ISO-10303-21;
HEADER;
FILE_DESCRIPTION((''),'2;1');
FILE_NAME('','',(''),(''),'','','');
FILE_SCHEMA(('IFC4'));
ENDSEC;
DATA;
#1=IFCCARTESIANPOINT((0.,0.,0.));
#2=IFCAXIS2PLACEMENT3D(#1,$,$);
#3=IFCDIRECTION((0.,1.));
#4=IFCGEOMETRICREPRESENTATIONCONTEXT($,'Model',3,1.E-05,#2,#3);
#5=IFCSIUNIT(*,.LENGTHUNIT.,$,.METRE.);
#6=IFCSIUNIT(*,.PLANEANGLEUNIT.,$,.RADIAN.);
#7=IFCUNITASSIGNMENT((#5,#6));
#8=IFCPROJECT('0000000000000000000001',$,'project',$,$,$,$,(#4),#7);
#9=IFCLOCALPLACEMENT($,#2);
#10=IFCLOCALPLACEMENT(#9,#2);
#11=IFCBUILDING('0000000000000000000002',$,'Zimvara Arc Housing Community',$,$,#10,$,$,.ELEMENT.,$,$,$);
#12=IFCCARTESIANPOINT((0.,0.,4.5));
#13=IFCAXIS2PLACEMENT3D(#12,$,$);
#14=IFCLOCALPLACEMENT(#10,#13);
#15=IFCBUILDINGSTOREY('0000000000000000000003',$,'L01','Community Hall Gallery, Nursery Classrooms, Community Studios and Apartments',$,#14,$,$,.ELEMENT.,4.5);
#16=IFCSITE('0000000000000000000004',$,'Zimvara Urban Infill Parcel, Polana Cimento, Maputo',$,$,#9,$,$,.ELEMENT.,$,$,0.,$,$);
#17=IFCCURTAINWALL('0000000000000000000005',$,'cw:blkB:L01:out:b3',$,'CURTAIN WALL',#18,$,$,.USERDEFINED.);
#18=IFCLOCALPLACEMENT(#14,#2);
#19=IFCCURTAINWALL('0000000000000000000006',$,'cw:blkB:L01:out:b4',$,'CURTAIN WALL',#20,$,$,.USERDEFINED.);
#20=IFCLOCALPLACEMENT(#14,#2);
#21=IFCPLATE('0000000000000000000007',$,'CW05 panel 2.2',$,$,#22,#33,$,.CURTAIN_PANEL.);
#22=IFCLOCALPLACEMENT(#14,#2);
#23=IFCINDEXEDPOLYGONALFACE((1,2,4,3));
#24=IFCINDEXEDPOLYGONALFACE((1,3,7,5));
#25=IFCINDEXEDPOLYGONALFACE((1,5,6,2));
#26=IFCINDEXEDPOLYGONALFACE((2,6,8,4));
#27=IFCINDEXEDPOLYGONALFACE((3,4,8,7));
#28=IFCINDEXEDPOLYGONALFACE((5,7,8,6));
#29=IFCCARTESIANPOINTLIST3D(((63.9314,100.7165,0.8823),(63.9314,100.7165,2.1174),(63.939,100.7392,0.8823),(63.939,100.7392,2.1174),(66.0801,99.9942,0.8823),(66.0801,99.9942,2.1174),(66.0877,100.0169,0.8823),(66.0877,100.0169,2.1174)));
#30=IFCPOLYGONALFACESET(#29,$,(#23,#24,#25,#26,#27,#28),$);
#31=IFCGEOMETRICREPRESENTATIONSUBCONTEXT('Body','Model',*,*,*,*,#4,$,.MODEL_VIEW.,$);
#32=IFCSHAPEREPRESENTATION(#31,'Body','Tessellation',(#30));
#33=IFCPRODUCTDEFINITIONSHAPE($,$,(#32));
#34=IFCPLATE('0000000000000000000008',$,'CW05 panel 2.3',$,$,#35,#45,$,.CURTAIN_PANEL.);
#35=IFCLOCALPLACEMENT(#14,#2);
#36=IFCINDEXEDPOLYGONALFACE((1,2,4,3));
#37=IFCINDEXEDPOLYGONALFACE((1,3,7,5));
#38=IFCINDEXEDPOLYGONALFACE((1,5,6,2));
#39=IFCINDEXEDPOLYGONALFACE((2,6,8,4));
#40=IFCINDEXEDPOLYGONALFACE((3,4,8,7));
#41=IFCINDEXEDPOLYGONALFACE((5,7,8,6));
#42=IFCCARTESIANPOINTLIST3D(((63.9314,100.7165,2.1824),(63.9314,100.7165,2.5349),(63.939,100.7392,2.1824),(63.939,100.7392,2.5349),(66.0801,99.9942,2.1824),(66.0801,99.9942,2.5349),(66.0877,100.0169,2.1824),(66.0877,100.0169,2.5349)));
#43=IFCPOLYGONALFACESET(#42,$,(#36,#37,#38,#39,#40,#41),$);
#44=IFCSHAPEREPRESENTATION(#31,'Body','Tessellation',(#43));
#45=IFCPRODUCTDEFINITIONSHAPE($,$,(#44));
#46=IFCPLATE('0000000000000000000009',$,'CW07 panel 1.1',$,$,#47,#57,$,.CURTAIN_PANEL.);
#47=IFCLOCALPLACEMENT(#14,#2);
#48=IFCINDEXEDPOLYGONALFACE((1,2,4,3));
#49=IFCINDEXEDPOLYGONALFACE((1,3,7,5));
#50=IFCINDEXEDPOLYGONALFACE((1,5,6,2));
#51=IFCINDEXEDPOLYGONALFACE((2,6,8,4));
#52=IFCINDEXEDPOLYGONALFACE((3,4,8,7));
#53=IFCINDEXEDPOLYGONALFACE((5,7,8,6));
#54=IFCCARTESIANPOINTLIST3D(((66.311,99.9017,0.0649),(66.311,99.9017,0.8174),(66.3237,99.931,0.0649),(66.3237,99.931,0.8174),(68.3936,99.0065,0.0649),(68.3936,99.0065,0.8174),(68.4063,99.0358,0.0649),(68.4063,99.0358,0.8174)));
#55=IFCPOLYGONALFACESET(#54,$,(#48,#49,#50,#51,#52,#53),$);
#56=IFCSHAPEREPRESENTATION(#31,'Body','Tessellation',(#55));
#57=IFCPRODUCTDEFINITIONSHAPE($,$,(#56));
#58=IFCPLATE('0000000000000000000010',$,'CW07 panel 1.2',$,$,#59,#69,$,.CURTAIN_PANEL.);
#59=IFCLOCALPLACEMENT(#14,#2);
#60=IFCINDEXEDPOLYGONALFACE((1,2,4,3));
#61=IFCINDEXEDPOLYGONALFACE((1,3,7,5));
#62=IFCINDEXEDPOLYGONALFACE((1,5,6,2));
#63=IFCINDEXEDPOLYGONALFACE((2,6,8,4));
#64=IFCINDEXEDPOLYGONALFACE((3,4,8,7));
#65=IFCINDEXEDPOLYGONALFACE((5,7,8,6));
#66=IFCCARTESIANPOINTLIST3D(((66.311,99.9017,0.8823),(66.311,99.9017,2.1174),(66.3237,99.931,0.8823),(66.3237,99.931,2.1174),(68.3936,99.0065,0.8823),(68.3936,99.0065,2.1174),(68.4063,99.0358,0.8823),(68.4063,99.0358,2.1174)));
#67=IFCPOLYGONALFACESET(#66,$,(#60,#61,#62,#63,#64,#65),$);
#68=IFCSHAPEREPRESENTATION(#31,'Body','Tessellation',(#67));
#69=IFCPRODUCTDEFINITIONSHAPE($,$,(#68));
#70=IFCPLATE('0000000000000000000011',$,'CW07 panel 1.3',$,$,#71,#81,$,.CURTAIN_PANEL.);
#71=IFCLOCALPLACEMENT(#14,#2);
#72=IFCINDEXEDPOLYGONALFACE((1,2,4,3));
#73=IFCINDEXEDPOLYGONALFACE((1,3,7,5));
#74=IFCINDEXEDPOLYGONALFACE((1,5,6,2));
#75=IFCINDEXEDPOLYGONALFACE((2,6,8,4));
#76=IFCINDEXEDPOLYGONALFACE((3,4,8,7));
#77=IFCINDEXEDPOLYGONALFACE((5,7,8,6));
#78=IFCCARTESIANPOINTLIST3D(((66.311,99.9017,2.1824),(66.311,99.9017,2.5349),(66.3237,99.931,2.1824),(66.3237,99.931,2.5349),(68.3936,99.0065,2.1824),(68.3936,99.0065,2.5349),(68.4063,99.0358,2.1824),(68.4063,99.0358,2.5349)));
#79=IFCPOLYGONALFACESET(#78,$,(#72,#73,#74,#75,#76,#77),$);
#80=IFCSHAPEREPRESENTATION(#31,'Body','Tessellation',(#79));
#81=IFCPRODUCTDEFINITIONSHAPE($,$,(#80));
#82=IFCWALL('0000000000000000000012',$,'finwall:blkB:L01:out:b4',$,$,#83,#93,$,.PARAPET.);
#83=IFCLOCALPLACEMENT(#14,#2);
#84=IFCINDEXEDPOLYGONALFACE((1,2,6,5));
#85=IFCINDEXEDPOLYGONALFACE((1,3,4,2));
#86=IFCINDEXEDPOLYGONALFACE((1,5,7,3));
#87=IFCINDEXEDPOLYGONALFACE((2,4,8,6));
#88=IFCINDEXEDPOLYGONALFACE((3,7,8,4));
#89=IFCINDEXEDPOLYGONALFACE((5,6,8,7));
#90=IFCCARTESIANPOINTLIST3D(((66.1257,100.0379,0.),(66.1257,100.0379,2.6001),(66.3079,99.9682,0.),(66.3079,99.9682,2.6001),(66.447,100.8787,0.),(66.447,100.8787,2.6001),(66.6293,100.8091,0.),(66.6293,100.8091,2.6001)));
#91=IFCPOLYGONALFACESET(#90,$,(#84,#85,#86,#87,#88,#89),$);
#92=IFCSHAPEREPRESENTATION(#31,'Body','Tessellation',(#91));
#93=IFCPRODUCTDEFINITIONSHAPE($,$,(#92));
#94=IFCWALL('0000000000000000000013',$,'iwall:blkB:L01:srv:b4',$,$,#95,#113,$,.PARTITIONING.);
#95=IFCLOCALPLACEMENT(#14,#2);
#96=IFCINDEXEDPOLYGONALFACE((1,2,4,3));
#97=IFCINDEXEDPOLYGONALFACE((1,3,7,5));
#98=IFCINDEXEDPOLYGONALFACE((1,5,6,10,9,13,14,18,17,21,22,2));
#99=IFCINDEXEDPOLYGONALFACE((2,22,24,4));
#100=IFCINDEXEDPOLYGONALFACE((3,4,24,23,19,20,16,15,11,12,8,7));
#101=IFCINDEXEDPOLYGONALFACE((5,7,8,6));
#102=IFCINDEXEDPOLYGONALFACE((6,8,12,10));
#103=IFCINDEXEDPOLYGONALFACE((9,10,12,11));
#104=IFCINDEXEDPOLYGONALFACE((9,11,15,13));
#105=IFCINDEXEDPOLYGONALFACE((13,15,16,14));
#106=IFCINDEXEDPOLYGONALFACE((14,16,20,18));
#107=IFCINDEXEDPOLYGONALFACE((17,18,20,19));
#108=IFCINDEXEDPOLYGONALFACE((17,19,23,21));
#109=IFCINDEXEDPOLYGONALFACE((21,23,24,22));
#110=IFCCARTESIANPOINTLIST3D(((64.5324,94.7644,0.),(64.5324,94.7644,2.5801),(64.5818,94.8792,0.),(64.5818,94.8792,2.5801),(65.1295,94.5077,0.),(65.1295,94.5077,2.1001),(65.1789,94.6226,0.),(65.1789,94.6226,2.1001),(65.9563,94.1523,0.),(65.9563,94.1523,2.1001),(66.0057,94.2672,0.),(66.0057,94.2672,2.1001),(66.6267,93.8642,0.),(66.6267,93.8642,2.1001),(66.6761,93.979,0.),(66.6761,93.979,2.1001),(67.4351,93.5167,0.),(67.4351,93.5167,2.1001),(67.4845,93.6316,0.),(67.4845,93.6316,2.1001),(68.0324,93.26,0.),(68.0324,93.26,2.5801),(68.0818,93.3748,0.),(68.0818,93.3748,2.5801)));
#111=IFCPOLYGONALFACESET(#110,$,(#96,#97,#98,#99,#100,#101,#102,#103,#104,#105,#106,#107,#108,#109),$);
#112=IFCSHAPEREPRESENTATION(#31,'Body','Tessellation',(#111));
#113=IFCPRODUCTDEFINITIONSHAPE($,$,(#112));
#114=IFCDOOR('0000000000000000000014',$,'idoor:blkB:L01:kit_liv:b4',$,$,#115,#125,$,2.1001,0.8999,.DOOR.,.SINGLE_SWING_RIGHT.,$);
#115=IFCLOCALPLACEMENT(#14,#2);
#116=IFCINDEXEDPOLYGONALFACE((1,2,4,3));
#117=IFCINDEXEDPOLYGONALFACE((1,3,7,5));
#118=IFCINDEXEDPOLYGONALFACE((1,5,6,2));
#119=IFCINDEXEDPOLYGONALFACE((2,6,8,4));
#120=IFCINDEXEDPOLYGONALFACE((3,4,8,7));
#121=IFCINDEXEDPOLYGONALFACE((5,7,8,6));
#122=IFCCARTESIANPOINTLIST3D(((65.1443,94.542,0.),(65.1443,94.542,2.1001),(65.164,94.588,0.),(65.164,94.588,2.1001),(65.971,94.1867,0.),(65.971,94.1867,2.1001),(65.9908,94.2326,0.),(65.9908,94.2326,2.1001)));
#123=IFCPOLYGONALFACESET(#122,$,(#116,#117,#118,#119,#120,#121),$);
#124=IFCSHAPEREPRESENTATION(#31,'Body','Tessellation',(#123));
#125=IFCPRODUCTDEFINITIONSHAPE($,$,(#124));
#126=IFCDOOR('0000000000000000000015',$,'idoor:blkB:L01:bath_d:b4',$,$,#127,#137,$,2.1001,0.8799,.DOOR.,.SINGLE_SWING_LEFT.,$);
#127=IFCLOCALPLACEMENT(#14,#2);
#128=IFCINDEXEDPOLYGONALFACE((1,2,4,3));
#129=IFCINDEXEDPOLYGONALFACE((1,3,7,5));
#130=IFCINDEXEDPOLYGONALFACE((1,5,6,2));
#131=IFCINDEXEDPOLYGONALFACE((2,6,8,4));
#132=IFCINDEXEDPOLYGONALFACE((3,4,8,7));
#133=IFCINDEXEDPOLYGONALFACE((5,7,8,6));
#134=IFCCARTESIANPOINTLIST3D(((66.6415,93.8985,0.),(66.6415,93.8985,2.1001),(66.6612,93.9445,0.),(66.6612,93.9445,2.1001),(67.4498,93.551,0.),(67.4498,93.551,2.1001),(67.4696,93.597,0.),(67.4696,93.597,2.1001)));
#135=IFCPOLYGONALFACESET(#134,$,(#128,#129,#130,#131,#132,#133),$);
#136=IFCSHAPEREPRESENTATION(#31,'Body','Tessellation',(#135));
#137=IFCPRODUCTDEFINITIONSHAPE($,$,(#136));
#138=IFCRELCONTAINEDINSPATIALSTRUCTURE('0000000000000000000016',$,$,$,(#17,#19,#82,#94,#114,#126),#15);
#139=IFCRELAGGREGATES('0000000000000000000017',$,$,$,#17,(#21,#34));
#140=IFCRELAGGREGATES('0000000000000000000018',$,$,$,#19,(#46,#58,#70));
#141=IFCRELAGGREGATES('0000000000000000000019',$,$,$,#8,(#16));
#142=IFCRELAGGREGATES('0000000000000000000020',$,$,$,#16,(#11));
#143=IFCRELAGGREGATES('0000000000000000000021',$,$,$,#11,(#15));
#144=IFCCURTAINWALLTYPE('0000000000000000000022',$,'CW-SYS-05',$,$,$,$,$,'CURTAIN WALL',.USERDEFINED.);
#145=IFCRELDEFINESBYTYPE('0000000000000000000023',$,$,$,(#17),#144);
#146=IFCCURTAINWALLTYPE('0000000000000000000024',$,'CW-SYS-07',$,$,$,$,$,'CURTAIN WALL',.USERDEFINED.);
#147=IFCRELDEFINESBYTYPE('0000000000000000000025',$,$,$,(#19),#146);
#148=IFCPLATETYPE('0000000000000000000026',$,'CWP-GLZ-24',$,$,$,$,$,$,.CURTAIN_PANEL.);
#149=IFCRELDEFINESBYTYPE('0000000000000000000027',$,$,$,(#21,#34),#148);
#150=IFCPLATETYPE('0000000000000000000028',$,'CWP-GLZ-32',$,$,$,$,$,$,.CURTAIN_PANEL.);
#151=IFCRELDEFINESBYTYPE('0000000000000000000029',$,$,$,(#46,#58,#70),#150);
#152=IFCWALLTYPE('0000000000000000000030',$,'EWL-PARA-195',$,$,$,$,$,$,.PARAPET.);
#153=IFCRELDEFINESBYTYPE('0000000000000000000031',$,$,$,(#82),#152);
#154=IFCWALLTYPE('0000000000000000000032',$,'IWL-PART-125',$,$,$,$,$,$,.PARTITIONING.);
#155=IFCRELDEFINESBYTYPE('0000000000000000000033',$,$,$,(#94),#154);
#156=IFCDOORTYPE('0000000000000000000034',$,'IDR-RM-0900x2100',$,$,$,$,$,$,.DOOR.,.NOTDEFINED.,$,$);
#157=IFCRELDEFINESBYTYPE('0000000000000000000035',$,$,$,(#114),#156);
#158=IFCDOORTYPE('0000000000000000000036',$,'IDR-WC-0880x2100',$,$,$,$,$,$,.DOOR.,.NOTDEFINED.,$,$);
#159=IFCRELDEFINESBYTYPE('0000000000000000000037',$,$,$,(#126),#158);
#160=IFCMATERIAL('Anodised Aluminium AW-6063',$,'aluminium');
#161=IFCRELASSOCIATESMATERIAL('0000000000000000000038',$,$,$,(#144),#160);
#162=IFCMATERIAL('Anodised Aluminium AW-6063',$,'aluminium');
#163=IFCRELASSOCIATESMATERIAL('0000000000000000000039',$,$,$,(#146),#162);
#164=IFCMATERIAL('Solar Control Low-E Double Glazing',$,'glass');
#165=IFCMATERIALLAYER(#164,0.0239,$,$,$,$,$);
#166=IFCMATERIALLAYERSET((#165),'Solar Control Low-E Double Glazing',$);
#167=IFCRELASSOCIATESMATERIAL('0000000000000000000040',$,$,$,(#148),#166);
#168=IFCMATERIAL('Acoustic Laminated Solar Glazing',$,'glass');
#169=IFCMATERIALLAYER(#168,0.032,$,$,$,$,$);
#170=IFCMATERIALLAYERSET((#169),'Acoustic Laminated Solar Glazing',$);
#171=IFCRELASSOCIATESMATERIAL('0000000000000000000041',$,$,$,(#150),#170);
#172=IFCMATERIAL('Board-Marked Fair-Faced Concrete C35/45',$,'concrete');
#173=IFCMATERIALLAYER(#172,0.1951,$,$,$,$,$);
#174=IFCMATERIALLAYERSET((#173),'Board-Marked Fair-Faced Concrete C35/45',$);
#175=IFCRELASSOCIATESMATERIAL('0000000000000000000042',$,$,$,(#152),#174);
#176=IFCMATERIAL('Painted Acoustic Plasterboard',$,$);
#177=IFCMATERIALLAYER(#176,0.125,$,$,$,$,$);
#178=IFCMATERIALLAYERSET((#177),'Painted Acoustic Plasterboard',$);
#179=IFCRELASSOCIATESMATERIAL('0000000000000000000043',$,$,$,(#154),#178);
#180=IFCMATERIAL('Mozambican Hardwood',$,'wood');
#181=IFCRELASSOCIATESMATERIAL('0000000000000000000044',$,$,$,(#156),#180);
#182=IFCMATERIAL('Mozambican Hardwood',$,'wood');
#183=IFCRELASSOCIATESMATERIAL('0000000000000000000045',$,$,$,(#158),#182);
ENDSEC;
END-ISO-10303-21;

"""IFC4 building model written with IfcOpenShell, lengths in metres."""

from ifc_helpers import new_model, si_unit, direction, frame, frame_2d, origin, origin_2d, place, context, subcontext, project, spatial, rectangle, extrude, material, layer, layer_set, type_object, element, fill, aggregate, save


model = new_model("IFC4")

# Units and contexts
model_context = context("Model", 3, precision=1e-05, world=origin(), true_north=direction((0.0, 1.0)))
body_context = subcontext(model_context, "Body", "Model", "MODEL_VIEW")
ifc_project = project(units=[si_unit("LENGTHUNIT", "METRE"), si_unit("PLANEANGLEUNIT", "RADIAN")], contexts=[model_context])

# Site, building, storey
site_placement = place(None, origin())
site = spatial("IfcSite", under=ifc_project, at=site_placement, Name="Zimvara Urban Infill Parcel, Polana Cimento, Maputo", CompositionType="ELEMENT", RefElevation=0.0)
building_placement = place(site_placement, origin())
building = spatial("IfcBuilding", under=site, at=building_placement, Name="Zimvara Arc Housing Community", CompositionType="ELEMENT")
storey_placement = place(building_placement, frame((0.0, 0.0, 4.5)))
storey = spatial("IfcBuildingStorey", under=building, at=storey_placement, Name="L01", Description="Community Hall Gallery, Nursery Classrooms, Community Studios and Apartments", CompositionType="ELEMENT", Elevation=4.5)

# Curtain wall
ifc_material_1 = material(Name="Anodised Aluminium AW-6063", Category="aluminium")
curtain_wall_type_1 = type_object("IfcCurtainWallType", Name="CW-SYS-05", ElementType="CURTAIN WALL", PredefinedType="USERDEFINED", material=ifc_material_1)
curtain_wall_1_placement = place(storey_placement, origin())
curtain_wall_1 = element("IfcCurtainWall", 1, at=curtain_wall_1_placement, inside=storey, type_object=curtain_wall_type_1, Name="cw:blkB:L01:out:b3", ObjectType="CURTAIN WALL", PredefinedType="USERDEFINED")

# Curtain wall
ifc_material_2 = material(Name="Anodised Aluminium AW-6063", Category="aluminium")
curtain_wall_type_2 = type_object("IfcCurtainWallType", Name="CW-SYS-07", ElementType="CURTAIN WALL", PredefinedType="USERDEFINED", material=ifc_material_2)
curtain_wall_2_placement = place(storey_placement, origin())
curtain_wall_2 = element("IfcCurtainWall", 2, at=curtain_wall_2_placement, inside=storey, type_object=curtain_wall_type_2, Name="cw:blkB:L01:out:b4", ObjectType="CURTAIN WALL", PredefinedType="USERDEFINED")

# Plates
ifc_material_3 = material(Name="Solar Control Low-E Double Glazing", Category="glass")
ifc_layer_1 = layer(ifc_material_3, 0.0239)
ifc_layer_set_1 = layer_set([ifc_layer_1], Name="Solar Control Low-E Double Glazing")
plate_type_1 = type_object("IfcPlateType", Name="CWP-GLZ-24", PredefinedType="CURTAIN_PANEL", material=ifc_layer_set_1)
plate_1_placement = place(storey_placement, frame((65.0095, 100.3667, 0.8823), z_axis=(0.0, 0.0, 1.0), x_axis=(0.94788, -0.318629, 0.0)))
plate_1 = element("IfcPlate", 3, at=plate_1_placement, type_object=plate_type_1, Name="CW05 panel 2.2", PredefinedType="CURTAIN_PANEL", context=body_context, shape_type="SweptSolid", body=[
    extrude(rectangle(XDim=2.2668, YDim=0.0239, at=origin_2d()), origin(), (0.0, 0.0, 1.0), 1.2351),
])
plate_2_placement = place(storey_placement, frame((65.0095, 100.3667, 2.1824), z_axis=(0.0, 0.0, 1.0), x_axis=(0.94788, -0.318629, 0.0)))
plate_2 = element("IfcPlate", 4, at=plate_2_placement, type_object=plate_type_1, Name="CW05 panel 2.3", PredefinedType="CURTAIN_PANEL", context=body_context, shape_type="SweptSolid", body=[
    extrude(rectangle(XDim=2.2668, YDim=0.0239, at=origin_2d()), origin(), (0.0, 0.0, 1.0), 0.3525),
])
aggregate(curtain_wall_1, [plate_1, plate_2])
ifc_material_4 = material(Name="Acoustic Laminated Solar Glazing", Category="glass")
ifc_layer_2 = layer(ifc_material_4, 0.032)
ifc_layer_set_2 = layer_set([ifc_layer_2], Name="Acoustic Laminated Solar Glazing")
plate_type_2 = type_object("IfcPlateType", Name="CWP-GLZ-32", PredefinedType="CURTAIN_PANEL", material=ifc_layer_set_2)
plate_3_placement = place(storey_placement, frame((67.3586, 99.4688, 0.0649), z_axis=(0.0, 0.0, 1.0), x_axis=(0.918722, -0.394904, 0.0)))
plate_3 = element("IfcPlate", 5, at=plate_3_placement, type_object=plate_type_2, Name="CW07 panel 1.1", PredefinedType="CURTAIN_PANEL", context=body_context, shape_type="SweptSolid", body=[
    extrude(rectangle(XDim=2.2668, YDim=0.032, at=origin_2d()), origin(), (0.0, 0.0, 1.0), 0.7524),
])
plate_4_placement = place(storey_placement, frame((67.3586, 99.4688, 0.8823), z_axis=(0.0, 0.0, 1.0), x_axis=(0.918722, -0.394904, 0.0)))
plate_4 = element("IfcPlate", 6, at=plate_4_placement, type_object=plate_type_2, Name="CW07 panel 1.2", PredefinedType="CURTAIN_PANEL", context=body_context, shape_type="SweptSolid", body=[
    extrude(rectangle(XDim=2.2668, YDim=0.032, at=origin_2d()), origin(), (0.0, 0.0, 1.0), 1.2351),
])
plate_5_placement = place(storey_placement, frame((67.3586, 99.4688, 2.1824), z_axis=(0.0, 0.0, 1.0), x_axis=(0.918722, -0.394904, 0.0)))
plate_5 = element("IfcPlate", 7, at=plate_5_placement, type_object=plate_type_2, Name="CW07 panel 1.3", PredefinedType="CURTAIN_PANEL", context=body_context, shape_type="SweptSolid", body=[
    extrude(rectangle(XDim=2.2668, YDim=0.032, at=origin_2d()), origin(), (0.0, 0.0, 1.0), 0.3525),
])
aggregate(curtain_wall_2, [plate_3, plate_4, plate_5])

# Wall
ifc_material_5 = material(Name="Board-Marked Fair-Faced Concrete C35/45", Category="concrete")
ifc_layer_3 = layer(ifc_material_5, 0.1951)
ifc_layer_set_3 = layer_set([ifc_layer_3], Name="Board-Marked Fair-Faced Concrete C35/45")
wall_type_1 = type_object("IfcWallType", Name="EWL-PARA-195", PredefinedType="PARAPET", material=ifc_layer_set_3)
wall_1_placement = place(storey_placement, frame((66.2168, 100.0029, 0.0), z_axis=(0.0, 0.0, 1.0), x_axis=(0.356943, 0.934126, 0.0)))
element("IfcWall", 8, at=wall_1_placement, inside=storey, type_object=wall_type_1, Name="finwall:blkB:L01:out:b4", PredefinedType="PARAPET", context=body_context, shape_type="SweptSolid", body=[
    extrude(rectangle(XDim=0.9001, YDim=0.1951, at=frame_2d((0.4502, 0.0))), origin(), (0.0, 0.0, 1.0), 2.6001),
])

# Wall, openings, doors
ifc_material_6 = material(Name="Painted Acoustic Plasterboard")
ifc_layer_4 = layer(ifc_material_6, 0.125)
ifc_layer_set_4 = layer_set([ifc_layer_4], Name="Painted Acoustic Plasterboard")
wall_type_2 = type_object("IfcWallType", Name="IWL-PART-125", PredefinedType="PARTITIONING", material=ifc_layer_set_4)
wall_2_placement = place(storey_placement, frame((64.5571, 94.8218, 0.0), z_axis=(0.0, 0.0, 1.0), x_axis=(0.918727, -0.394894, 0.0)))
wall_2 = element("IfcWall", 9, at=wall_2_placement, inside=storey, type_object=wall_type_2, Name="iwall:blkB:L01:srv:b4", PredefinedType="PARTITIONING", context=body_context, shape_type="SweptSolid", body=[
    extrude(rectangle(XDim=3.8096, YDim=0.125, at=frame_2d((1.9048, 0.0))), origin(), (0.0, 0.0, 1.0), 2.5801),
])
opening_1_placement = place(wall_2_placement, frame((0.6499, 0.0, 0.0)))
opening_1 = element("IfcOpeningElement", 10, at=opening_1_placement, cuts=wall_2, PredefinedType="OPENING", context=body_context, shape_type="SweptSolid", body=[
    extrude(rectangle(XDim=0.8999, YDim=2.1001, at=frame_2d((0.45, 1.05))), frame((0.0, 0.0725, 0.0), z_axis=(0.0, -1.0, 0.0), x_axis=(1.0, 0.0, 0.0)), (0.0, 0.0, 1.0), 0.145),
])
opening_2_placement = place(wall_2_placement, frame((2.2795, 0.0, 0.0)))
opening_2 = element("IfcOpeningElement", 11, at=opening_2_placement, cuts=wall_2, PredefinedType="OPENING", context=body_context, shape_type="SweptSolid", body=[
    extrude(rectangle(XDim=0.8799, YDim=2.1001, at=frame_2d((0.4399, 1.05))), frame((0.0, 0.0725, 0.0), z_axis=(0.0, -1.0, 0.0), x_axis=(1.0, 0.0, 0.0)), (0.0, 0.0, 1.0), 0.145),
])
ifc_material_7 = material(Name="Mozambican Hardwood", Category="wood")
door_type_1 = type_object("IfcDoorType", Name="IDR-RM-0900x2100", OperationType="NOTDEFINED", PredefinedType="DOOR", material=ifc_material_7)
door_1_placement = place(opening_1_placement, origin())
door_1 = element("IfcDoor", 12, at=door_1_placement, inside=storey, type_object=door_type_1, Name="idoor:blkB:L01:kit_liv:b4", OperationType="SINGLE_SWING_RIGHT", OverallHeight=2.1001, OverallWidth=0.8999, PredefinedType="DOOR", context=body_context, shape_type="SweptSolid", body=[
    extrude(rectangle(XDim=0.8999, YDim=2.1001, at=frame_2d((0.45, 1.05))), frame((0.0, 0.0249, 0.0), z_axis=(0.0, -1.0, 0.0), x_axis=(1.0, 0.0, 0.0)), (0.0, 0.0, 1.0), 0.05),
])
fill(opening_1, door_1)
ifc_material_8 = material(Name="Mozambican Hardwood", Category="wood")
door_type_2 = type_object("IfcDoorType", Name="IDR-WC-0880x2100", OperationType="NOTDEFINED", PredefinedType="DOOR", material=ifc_material_8)
door_2_placement = place(opening_2_placement, origin())
door_2 = element("IfcDoor", 13, at=door_2_placement, inside=storey, type_object=door_type_2, Name="idoor:blkB:L01:bath_d:b4", OperationType="SINGLE_SWING_LEFT", OverallHeight=2.1001, OverallWidth=0.8799, PredefinedType="DOOR", context=body_context, shape_type="SweptSolid", body=[
    extrude(rectangle(XDim=0.8799, YDim=2.1001, at=frame_2d((0.4399, 1.05))), frame((0.0, 0.0249, 0.0), z_axis=(0.0, -1.0, 0.0), x_axis=(1.0, 0.0, 0.0)), (0.0, 0.0, 1.0), 0.05),
])
fill(opening_2, door_2)

save(model, "model.ifc")
